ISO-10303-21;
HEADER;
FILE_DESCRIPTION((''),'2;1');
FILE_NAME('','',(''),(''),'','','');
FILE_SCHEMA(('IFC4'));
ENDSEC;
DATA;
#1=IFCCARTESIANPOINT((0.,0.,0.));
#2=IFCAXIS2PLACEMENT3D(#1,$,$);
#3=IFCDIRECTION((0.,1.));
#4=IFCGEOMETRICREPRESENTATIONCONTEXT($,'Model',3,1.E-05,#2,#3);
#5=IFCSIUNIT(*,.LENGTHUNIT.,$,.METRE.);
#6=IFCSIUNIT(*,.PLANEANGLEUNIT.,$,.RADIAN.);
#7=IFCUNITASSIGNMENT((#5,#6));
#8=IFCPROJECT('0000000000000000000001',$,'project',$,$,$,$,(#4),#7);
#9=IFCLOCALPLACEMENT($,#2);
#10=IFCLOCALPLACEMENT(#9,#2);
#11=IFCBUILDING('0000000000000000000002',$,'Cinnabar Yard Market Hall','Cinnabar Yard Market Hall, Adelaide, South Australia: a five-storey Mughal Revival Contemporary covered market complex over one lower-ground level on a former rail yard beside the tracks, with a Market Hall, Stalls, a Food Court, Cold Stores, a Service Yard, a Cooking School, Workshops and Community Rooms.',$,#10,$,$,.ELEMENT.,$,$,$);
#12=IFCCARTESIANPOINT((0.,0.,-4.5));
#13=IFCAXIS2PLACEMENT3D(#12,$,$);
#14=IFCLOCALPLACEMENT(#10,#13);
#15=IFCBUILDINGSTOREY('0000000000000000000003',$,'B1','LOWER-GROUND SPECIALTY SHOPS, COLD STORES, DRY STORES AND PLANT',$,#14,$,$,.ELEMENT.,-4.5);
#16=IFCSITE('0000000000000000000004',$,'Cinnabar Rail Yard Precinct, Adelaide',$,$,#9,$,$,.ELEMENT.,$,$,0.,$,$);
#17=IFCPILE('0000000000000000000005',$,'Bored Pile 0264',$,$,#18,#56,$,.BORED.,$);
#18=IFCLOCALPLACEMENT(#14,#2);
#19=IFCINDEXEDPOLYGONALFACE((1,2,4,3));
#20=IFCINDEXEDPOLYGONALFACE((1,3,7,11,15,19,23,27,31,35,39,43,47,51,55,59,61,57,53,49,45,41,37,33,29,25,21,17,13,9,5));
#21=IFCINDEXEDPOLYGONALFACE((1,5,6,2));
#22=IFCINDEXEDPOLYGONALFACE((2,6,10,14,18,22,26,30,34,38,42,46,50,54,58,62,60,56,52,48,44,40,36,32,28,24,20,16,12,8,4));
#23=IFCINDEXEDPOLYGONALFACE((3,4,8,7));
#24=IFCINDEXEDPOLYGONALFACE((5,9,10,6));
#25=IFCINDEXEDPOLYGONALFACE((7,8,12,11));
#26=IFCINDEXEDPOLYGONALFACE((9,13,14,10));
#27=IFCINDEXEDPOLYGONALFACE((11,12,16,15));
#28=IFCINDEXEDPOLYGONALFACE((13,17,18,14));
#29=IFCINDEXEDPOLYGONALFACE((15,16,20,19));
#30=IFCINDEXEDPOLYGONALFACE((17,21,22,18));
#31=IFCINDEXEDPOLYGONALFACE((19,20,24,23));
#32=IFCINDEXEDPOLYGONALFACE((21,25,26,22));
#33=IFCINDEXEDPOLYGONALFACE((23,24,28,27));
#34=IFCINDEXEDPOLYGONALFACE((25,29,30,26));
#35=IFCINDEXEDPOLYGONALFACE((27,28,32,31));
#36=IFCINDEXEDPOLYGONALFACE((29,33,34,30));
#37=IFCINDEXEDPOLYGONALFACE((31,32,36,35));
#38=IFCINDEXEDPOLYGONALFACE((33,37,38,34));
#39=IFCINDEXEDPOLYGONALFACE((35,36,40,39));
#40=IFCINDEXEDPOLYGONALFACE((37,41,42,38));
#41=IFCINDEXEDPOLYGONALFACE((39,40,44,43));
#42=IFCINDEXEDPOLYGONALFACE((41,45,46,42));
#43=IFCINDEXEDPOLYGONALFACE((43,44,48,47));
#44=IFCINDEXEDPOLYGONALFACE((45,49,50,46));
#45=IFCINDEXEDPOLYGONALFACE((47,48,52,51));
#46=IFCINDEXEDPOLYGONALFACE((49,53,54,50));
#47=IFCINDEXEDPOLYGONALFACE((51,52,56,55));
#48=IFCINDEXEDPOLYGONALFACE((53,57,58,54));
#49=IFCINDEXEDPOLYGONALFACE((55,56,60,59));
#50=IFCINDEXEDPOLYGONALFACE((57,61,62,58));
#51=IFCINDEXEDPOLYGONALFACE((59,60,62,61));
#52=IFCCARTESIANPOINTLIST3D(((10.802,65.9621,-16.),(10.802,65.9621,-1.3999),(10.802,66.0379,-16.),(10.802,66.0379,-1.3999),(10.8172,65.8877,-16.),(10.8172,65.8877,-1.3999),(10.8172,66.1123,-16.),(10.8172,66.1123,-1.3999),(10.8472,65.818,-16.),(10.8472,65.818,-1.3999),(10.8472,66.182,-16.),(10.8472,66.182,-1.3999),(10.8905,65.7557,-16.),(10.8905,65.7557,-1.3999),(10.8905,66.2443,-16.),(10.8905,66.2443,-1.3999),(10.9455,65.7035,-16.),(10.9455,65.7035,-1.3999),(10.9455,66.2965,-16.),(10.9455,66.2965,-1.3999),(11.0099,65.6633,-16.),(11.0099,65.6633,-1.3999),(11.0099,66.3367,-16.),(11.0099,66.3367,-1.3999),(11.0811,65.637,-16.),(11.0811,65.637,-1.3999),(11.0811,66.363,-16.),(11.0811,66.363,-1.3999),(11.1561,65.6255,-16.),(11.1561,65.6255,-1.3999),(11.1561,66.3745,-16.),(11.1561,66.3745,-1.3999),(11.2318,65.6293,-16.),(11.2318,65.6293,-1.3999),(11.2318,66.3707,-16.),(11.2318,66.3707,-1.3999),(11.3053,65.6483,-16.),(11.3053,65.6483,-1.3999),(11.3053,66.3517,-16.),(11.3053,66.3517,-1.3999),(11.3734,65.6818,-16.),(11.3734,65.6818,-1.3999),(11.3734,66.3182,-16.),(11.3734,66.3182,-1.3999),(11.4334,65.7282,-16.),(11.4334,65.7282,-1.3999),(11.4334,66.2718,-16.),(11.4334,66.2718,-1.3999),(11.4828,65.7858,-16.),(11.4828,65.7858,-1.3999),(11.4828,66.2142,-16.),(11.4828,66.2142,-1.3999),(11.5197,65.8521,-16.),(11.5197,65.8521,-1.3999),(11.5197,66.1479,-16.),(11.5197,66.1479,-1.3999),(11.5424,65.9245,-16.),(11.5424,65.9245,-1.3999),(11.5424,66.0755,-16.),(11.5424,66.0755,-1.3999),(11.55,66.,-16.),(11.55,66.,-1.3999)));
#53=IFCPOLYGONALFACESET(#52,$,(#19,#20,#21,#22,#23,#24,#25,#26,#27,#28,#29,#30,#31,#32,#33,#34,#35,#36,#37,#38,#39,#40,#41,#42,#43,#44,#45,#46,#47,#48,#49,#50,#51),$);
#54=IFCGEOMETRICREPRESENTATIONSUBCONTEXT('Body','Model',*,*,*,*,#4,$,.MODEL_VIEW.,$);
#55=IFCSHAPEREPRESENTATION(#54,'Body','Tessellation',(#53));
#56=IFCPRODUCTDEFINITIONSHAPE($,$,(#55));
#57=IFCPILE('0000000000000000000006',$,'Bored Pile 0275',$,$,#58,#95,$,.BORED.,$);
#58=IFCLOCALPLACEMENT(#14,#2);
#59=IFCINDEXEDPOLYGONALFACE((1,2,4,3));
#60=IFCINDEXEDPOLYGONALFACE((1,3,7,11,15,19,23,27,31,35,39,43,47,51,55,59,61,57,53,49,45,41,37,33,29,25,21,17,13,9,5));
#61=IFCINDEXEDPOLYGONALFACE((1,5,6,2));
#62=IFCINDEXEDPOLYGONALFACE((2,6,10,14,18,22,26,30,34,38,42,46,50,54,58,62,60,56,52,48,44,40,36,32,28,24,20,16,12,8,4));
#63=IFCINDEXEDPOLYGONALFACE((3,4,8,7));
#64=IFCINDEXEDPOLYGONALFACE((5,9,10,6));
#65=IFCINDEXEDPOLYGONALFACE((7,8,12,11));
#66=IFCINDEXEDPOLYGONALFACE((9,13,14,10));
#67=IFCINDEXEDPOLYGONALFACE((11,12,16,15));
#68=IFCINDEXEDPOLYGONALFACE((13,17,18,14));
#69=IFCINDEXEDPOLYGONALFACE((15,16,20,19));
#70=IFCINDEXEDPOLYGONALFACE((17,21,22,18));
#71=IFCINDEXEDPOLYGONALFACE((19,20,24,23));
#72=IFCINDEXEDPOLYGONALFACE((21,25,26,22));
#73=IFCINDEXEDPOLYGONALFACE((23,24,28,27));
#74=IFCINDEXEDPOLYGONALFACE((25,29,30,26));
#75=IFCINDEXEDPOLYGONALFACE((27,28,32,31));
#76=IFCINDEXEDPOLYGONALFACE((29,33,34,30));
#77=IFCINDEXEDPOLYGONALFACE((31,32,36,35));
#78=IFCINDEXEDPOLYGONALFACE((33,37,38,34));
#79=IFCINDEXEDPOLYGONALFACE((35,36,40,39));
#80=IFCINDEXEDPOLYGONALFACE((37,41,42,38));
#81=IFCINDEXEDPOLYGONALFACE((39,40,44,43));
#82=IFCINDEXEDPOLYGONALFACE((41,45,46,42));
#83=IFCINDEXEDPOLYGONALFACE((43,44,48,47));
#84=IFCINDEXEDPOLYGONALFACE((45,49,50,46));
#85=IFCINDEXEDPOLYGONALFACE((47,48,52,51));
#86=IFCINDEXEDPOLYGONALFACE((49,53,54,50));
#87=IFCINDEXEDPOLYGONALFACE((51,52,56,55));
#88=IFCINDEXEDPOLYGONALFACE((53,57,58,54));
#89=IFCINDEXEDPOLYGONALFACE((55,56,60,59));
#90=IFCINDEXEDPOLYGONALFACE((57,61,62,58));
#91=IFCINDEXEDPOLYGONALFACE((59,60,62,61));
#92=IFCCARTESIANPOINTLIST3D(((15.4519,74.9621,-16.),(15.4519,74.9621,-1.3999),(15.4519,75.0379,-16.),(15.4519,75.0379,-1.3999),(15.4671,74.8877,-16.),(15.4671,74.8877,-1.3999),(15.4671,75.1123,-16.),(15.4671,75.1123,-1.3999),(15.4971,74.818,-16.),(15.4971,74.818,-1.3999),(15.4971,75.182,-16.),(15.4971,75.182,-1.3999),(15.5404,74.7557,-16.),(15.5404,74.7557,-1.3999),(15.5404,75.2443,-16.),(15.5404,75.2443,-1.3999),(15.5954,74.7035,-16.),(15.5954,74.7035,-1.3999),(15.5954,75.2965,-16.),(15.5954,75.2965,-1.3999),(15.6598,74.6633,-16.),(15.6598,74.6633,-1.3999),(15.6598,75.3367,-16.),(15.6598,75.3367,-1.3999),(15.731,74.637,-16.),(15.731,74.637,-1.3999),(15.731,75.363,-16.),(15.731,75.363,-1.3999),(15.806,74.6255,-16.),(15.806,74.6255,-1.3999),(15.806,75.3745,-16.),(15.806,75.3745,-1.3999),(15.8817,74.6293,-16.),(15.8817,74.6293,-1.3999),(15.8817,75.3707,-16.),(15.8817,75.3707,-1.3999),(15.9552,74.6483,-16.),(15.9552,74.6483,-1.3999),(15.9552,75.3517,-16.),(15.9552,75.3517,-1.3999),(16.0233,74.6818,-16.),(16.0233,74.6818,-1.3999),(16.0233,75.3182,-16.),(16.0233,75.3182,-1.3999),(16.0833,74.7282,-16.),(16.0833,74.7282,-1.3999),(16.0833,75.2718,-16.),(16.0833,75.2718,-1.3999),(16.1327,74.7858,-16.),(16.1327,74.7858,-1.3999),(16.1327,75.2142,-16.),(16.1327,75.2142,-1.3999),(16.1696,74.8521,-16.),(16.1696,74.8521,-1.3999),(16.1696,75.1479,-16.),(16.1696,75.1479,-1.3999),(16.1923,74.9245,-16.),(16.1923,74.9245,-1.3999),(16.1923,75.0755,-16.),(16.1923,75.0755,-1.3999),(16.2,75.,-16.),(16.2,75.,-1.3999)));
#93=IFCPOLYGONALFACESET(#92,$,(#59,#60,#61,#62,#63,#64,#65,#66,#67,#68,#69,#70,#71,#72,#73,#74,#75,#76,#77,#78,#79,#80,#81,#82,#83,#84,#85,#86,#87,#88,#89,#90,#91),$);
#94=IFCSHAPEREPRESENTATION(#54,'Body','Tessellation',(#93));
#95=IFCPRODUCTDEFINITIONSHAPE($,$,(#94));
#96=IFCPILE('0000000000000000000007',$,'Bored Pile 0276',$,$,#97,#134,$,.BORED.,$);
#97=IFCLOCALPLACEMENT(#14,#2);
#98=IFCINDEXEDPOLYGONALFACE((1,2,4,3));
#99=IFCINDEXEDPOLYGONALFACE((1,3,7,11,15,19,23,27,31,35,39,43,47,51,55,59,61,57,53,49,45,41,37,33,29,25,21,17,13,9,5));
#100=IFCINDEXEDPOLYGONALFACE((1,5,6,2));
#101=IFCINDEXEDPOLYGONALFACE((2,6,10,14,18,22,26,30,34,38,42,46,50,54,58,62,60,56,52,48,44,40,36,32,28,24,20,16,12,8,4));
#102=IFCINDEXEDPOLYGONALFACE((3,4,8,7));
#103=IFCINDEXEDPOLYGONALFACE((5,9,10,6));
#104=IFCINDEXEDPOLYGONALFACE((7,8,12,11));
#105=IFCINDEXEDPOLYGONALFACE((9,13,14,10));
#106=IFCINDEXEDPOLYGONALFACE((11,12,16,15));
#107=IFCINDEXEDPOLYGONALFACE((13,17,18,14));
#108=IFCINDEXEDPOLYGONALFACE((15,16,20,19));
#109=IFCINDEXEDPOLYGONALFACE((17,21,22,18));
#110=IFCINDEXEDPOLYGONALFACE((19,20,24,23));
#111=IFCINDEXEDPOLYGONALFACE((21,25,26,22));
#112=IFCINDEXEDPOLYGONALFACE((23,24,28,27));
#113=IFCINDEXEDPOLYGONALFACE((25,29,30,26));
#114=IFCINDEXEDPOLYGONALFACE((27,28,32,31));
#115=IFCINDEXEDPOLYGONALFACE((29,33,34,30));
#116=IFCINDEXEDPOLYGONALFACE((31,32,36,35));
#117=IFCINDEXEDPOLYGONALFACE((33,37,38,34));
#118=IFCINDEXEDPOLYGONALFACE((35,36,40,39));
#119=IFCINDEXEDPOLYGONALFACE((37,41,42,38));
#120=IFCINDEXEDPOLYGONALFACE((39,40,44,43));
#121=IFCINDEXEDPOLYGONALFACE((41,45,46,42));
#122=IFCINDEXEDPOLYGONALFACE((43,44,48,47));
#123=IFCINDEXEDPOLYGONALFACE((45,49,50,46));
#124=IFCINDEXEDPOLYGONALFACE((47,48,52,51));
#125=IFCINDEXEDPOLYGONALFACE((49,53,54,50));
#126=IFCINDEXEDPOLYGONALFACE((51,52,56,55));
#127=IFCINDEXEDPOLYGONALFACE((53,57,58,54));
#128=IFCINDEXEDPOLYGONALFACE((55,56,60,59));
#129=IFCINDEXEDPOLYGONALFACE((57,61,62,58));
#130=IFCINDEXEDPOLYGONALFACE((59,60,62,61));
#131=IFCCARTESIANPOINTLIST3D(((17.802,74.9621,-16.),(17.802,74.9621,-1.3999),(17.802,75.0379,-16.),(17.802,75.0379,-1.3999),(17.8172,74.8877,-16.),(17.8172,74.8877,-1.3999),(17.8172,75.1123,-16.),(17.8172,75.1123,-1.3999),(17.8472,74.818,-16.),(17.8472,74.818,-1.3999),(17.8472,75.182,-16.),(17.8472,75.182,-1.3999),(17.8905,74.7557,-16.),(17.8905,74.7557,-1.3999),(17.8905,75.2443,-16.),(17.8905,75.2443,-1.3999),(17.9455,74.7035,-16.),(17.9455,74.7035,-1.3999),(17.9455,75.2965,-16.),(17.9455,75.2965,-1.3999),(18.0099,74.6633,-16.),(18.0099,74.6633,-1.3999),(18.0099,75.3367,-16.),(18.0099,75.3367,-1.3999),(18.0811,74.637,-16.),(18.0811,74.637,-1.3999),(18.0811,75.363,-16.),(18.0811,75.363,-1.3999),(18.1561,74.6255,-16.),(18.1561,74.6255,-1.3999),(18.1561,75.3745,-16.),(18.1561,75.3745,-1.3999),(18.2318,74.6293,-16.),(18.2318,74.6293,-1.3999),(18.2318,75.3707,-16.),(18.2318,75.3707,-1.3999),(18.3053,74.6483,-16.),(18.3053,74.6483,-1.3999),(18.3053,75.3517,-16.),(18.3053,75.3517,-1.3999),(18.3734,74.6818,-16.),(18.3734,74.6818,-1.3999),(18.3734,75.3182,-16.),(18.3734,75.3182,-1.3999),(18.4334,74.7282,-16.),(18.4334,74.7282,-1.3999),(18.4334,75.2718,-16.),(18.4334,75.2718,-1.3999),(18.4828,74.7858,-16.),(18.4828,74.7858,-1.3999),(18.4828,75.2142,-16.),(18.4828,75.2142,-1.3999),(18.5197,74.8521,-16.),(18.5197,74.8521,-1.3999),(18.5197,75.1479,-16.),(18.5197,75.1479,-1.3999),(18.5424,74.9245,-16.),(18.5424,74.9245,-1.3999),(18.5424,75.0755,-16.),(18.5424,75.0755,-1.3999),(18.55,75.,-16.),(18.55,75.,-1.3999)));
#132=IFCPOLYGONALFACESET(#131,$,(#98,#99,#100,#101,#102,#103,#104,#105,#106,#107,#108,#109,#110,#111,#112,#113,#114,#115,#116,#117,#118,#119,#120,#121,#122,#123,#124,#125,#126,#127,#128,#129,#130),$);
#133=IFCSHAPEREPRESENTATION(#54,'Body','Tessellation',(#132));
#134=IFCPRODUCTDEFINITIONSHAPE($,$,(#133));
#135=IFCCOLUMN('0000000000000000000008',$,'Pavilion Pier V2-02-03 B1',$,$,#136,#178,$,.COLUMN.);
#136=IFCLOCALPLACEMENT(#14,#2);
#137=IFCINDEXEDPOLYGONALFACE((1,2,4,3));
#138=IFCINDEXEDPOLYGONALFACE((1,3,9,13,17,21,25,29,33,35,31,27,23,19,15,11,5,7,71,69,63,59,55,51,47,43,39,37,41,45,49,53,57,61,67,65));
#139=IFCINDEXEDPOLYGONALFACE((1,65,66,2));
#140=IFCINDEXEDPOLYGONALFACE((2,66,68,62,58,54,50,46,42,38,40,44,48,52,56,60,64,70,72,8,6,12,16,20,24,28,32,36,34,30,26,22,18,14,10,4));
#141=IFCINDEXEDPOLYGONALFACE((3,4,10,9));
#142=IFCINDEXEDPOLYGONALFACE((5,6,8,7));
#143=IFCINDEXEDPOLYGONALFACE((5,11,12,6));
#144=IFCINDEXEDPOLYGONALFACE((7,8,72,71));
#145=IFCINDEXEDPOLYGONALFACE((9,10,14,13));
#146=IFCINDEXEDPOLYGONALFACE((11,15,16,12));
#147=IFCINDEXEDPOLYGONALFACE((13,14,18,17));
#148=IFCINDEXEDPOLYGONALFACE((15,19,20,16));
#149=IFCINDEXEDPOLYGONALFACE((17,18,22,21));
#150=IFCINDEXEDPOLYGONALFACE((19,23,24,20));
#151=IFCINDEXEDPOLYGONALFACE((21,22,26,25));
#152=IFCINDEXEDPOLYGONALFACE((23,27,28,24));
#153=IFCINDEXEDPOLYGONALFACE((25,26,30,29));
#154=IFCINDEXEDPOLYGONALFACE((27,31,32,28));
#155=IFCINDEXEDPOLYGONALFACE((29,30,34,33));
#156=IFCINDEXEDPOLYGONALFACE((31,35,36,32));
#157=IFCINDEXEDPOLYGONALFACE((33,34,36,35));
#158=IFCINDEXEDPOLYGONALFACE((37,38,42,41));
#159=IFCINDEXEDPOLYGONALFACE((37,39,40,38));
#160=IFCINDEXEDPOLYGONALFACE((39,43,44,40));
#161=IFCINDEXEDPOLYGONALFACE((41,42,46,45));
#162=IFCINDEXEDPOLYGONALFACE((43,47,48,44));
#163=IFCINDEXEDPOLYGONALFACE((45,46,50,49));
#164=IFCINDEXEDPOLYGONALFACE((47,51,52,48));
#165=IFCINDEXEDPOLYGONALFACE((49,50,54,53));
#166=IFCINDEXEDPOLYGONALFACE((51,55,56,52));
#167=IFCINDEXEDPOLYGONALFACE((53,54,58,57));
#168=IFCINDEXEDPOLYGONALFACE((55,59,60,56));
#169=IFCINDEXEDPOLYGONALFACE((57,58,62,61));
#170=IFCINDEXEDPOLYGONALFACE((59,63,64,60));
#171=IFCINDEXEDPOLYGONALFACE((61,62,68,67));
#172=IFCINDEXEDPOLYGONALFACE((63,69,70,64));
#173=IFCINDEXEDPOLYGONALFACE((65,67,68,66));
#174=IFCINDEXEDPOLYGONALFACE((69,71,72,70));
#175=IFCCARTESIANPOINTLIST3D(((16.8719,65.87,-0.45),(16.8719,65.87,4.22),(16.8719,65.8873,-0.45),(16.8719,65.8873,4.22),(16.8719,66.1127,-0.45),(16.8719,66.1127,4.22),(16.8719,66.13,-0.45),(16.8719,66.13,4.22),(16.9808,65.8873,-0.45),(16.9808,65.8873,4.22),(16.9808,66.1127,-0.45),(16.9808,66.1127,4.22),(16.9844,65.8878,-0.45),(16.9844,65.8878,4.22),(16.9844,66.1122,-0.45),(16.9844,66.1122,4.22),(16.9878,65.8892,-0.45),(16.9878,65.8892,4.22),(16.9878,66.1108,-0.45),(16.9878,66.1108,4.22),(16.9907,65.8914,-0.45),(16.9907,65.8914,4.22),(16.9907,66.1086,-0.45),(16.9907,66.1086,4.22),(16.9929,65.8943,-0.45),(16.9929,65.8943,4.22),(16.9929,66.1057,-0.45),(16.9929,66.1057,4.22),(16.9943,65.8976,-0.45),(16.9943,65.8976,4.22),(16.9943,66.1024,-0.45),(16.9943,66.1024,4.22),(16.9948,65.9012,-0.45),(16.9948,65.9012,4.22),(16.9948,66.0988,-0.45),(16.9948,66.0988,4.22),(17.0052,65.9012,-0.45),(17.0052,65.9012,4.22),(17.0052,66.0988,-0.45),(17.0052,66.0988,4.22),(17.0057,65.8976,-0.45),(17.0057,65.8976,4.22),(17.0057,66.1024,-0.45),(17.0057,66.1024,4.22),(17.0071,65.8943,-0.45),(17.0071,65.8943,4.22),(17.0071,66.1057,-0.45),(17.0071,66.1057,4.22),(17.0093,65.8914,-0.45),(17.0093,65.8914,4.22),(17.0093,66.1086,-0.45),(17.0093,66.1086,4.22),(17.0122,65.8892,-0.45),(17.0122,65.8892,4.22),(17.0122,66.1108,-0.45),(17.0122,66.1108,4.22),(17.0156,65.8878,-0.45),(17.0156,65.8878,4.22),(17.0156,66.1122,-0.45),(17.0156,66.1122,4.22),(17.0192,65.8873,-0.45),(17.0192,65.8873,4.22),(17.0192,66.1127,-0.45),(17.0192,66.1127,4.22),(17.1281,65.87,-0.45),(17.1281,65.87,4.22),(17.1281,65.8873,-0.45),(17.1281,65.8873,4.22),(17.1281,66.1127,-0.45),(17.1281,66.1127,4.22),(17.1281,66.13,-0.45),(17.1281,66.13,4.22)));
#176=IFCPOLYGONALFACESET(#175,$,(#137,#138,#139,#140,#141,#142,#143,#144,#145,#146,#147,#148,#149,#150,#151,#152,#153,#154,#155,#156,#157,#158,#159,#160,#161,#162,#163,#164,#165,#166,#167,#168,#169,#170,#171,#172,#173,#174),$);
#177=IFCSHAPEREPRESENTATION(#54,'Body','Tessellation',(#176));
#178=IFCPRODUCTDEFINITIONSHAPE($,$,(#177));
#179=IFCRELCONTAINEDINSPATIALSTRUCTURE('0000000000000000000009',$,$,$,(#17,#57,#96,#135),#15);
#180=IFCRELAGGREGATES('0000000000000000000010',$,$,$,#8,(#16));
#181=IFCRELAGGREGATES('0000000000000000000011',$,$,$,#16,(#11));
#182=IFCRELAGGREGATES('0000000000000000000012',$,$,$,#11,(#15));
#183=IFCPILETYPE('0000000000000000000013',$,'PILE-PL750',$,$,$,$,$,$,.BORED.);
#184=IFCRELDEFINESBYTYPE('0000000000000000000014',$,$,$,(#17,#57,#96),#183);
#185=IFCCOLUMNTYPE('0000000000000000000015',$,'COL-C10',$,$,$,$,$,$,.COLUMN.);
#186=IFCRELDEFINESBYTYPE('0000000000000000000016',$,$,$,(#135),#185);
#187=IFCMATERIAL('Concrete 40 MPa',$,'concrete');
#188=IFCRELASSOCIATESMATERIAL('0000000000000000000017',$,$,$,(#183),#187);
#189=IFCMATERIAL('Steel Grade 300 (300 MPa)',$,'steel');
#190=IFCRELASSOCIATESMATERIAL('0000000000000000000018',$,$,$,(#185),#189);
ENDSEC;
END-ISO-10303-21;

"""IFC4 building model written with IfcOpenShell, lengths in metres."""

from ifc_helpers import new_model, si_unit, direction, frame, origin, origin_2d_with_axis, place, context, subcontext, project, spatial, circle, i_section, extrude, material, material_profile, profile_set, type_object, element, save


model = new_model("IFC4")

# Units and contexts
model_context = context("Model", 3, precision=1e-05, world=origin(), true_north=direction((0.0, 1.0)))
body_context = subcontext(model_context, "Body", "Model", "MODEL_VIEW")
ifc_project = project(units=[si_unit("LENGTHUNIT", "METRE"), si_unit("PLANEANGLEUNIT", "RADIAN")], contexts=[model_context])

# Site, building, storey
site_placement = place(None, origin())
site = spatial("IfcSite", under=ifc_project, at=site_placement, Name="Cinnabar Rail Yard Precinct, Adelaide", CompositionType="ELEMENT", RefElevation=0.0)
building_placement = place(site_placement, origin())
building = spatial("IfcBuilding", under=site, at=building_placement, Name="Cinnabar Yard Market Hall", Description="Cinnabar Yard Market Hall, Adelaide, South Australia: a five-storey Mughal Revival Contemporary covered market complex over one lower-ground level on a former rail yard beside the tracks, with a Market Hall, Stalls, a Food Court, Cold Stores, a Service Yard, a Cooking School, Workshops and Community Rooms.", CompositionType="ELEMENT")
storey_placement = place(building_placement, frame((0.0, 0.0, -4.5)))
storey = spatial("IfcBuildingStorey", under=building, at=storey_placement, Name="B1", Description="LOWER-GROUND SPECIALTY SHOPS, COLD STORES, DRY STORES AND PLANT", CompositionType="ELEMENT", Elevation=-4.5)

# Shared definitions
ifc_material_1 = material(Name="Concrete 40 MPa", Category="concrete")

# Piles
ifc_material_profile_1 = material_profile(ifc_material_1, circle(Radius=0.375, at=origin_2d_with_axis()), Name="PILE-D750")
ifc_profile_set_1 = profile_set([ifc_material_profile_1], Name="Concrete 40 MPa")
pile_type_1 = type_object("IfcPileType", Name="PILE-PL750", PredefinedType="BORED", material=ifc_profile_set_1)
for number, where, z_axis, x_axis, name in (
    (1, (11.175, 66.0, -1.3999), (0.0, 0.0, -1.0), (1.0, 0.0, 0.0), "Bored Pile 0264"),
    (2, (15.825, 75.0, -1.3999), (0.0, 0.0, -1.0), (1.0, 0.0, 0.0), "Bored Pile 0275"),
    (3, (18.175, 75.0, -1.3999), (0.0, 0.0, -1.0), (1.0, 0.0, 0.0), "Bored Pile 0276"),
):
    element("IfcPile", number, at=place(storey_placement, frame(where, z_axis=z_axis, x_axis=x_axis)), inside=storey, type_object=pile_type_1, Name=name, PredefinedType="BORED", context=body_context, shape_type="SweptSolid", body=[
        extrude(circle(Radius=0.375, at=origin_2d_with_axis()), origin(), (0.0, 0.0, 1.0), 14.6001),
    ])

# Column
ifc_material_2 = material(Name="Steel Grade 300 (300 MPa)", Category="steel")
ifc_material_profile_2 = material_profile(ifc_material_2, i_section(OverallWidth=0.2561, OverallDepth=0.26, WebThickness=0.0105, FlangeThickness=0.0173, FilletRadius=0.0139, at=origin_2d_with_axis()), Name="250UC89.5")
ifc_profile_set_2 = profile_set([ifc_material_profile_2], Name="Steel Grade 300 (300 MPa)")
column_type_1 = type_object("IfcColumnType", Name="COL-C10", PredefinedType="COLUMN", material=ifc_profile_set_2)
for number, where, z_axis, x_axis, name in (
    (4, (17.0, 66.0, -0.45), (0.0, 0.0, 1.0), (1.0, 0.0, 0.0), "Pavilion Pier V2-02-03 B1"),
):
    element("IfcColumn", number, at=place(storey_placement, frame(where, z_axis=z_axis, x_axis=x_axis)), inside=storey, type_object=column_type_1, Name=name, PredefinedType="COLUMN", context=body_context, shape_type="SweptSolid", body=[
        extrude(i_section(OverallWidth=0.2561, OverallDepth=0.26, WebThickness=0.0105, FlangeThickness=0.0173, FilletRadius=0.0139, at=origin_2d_with_axis()), origin(), (0.0, 0.0, 1.0), 4.6699),
    ])

save(model, "model.ifc")
